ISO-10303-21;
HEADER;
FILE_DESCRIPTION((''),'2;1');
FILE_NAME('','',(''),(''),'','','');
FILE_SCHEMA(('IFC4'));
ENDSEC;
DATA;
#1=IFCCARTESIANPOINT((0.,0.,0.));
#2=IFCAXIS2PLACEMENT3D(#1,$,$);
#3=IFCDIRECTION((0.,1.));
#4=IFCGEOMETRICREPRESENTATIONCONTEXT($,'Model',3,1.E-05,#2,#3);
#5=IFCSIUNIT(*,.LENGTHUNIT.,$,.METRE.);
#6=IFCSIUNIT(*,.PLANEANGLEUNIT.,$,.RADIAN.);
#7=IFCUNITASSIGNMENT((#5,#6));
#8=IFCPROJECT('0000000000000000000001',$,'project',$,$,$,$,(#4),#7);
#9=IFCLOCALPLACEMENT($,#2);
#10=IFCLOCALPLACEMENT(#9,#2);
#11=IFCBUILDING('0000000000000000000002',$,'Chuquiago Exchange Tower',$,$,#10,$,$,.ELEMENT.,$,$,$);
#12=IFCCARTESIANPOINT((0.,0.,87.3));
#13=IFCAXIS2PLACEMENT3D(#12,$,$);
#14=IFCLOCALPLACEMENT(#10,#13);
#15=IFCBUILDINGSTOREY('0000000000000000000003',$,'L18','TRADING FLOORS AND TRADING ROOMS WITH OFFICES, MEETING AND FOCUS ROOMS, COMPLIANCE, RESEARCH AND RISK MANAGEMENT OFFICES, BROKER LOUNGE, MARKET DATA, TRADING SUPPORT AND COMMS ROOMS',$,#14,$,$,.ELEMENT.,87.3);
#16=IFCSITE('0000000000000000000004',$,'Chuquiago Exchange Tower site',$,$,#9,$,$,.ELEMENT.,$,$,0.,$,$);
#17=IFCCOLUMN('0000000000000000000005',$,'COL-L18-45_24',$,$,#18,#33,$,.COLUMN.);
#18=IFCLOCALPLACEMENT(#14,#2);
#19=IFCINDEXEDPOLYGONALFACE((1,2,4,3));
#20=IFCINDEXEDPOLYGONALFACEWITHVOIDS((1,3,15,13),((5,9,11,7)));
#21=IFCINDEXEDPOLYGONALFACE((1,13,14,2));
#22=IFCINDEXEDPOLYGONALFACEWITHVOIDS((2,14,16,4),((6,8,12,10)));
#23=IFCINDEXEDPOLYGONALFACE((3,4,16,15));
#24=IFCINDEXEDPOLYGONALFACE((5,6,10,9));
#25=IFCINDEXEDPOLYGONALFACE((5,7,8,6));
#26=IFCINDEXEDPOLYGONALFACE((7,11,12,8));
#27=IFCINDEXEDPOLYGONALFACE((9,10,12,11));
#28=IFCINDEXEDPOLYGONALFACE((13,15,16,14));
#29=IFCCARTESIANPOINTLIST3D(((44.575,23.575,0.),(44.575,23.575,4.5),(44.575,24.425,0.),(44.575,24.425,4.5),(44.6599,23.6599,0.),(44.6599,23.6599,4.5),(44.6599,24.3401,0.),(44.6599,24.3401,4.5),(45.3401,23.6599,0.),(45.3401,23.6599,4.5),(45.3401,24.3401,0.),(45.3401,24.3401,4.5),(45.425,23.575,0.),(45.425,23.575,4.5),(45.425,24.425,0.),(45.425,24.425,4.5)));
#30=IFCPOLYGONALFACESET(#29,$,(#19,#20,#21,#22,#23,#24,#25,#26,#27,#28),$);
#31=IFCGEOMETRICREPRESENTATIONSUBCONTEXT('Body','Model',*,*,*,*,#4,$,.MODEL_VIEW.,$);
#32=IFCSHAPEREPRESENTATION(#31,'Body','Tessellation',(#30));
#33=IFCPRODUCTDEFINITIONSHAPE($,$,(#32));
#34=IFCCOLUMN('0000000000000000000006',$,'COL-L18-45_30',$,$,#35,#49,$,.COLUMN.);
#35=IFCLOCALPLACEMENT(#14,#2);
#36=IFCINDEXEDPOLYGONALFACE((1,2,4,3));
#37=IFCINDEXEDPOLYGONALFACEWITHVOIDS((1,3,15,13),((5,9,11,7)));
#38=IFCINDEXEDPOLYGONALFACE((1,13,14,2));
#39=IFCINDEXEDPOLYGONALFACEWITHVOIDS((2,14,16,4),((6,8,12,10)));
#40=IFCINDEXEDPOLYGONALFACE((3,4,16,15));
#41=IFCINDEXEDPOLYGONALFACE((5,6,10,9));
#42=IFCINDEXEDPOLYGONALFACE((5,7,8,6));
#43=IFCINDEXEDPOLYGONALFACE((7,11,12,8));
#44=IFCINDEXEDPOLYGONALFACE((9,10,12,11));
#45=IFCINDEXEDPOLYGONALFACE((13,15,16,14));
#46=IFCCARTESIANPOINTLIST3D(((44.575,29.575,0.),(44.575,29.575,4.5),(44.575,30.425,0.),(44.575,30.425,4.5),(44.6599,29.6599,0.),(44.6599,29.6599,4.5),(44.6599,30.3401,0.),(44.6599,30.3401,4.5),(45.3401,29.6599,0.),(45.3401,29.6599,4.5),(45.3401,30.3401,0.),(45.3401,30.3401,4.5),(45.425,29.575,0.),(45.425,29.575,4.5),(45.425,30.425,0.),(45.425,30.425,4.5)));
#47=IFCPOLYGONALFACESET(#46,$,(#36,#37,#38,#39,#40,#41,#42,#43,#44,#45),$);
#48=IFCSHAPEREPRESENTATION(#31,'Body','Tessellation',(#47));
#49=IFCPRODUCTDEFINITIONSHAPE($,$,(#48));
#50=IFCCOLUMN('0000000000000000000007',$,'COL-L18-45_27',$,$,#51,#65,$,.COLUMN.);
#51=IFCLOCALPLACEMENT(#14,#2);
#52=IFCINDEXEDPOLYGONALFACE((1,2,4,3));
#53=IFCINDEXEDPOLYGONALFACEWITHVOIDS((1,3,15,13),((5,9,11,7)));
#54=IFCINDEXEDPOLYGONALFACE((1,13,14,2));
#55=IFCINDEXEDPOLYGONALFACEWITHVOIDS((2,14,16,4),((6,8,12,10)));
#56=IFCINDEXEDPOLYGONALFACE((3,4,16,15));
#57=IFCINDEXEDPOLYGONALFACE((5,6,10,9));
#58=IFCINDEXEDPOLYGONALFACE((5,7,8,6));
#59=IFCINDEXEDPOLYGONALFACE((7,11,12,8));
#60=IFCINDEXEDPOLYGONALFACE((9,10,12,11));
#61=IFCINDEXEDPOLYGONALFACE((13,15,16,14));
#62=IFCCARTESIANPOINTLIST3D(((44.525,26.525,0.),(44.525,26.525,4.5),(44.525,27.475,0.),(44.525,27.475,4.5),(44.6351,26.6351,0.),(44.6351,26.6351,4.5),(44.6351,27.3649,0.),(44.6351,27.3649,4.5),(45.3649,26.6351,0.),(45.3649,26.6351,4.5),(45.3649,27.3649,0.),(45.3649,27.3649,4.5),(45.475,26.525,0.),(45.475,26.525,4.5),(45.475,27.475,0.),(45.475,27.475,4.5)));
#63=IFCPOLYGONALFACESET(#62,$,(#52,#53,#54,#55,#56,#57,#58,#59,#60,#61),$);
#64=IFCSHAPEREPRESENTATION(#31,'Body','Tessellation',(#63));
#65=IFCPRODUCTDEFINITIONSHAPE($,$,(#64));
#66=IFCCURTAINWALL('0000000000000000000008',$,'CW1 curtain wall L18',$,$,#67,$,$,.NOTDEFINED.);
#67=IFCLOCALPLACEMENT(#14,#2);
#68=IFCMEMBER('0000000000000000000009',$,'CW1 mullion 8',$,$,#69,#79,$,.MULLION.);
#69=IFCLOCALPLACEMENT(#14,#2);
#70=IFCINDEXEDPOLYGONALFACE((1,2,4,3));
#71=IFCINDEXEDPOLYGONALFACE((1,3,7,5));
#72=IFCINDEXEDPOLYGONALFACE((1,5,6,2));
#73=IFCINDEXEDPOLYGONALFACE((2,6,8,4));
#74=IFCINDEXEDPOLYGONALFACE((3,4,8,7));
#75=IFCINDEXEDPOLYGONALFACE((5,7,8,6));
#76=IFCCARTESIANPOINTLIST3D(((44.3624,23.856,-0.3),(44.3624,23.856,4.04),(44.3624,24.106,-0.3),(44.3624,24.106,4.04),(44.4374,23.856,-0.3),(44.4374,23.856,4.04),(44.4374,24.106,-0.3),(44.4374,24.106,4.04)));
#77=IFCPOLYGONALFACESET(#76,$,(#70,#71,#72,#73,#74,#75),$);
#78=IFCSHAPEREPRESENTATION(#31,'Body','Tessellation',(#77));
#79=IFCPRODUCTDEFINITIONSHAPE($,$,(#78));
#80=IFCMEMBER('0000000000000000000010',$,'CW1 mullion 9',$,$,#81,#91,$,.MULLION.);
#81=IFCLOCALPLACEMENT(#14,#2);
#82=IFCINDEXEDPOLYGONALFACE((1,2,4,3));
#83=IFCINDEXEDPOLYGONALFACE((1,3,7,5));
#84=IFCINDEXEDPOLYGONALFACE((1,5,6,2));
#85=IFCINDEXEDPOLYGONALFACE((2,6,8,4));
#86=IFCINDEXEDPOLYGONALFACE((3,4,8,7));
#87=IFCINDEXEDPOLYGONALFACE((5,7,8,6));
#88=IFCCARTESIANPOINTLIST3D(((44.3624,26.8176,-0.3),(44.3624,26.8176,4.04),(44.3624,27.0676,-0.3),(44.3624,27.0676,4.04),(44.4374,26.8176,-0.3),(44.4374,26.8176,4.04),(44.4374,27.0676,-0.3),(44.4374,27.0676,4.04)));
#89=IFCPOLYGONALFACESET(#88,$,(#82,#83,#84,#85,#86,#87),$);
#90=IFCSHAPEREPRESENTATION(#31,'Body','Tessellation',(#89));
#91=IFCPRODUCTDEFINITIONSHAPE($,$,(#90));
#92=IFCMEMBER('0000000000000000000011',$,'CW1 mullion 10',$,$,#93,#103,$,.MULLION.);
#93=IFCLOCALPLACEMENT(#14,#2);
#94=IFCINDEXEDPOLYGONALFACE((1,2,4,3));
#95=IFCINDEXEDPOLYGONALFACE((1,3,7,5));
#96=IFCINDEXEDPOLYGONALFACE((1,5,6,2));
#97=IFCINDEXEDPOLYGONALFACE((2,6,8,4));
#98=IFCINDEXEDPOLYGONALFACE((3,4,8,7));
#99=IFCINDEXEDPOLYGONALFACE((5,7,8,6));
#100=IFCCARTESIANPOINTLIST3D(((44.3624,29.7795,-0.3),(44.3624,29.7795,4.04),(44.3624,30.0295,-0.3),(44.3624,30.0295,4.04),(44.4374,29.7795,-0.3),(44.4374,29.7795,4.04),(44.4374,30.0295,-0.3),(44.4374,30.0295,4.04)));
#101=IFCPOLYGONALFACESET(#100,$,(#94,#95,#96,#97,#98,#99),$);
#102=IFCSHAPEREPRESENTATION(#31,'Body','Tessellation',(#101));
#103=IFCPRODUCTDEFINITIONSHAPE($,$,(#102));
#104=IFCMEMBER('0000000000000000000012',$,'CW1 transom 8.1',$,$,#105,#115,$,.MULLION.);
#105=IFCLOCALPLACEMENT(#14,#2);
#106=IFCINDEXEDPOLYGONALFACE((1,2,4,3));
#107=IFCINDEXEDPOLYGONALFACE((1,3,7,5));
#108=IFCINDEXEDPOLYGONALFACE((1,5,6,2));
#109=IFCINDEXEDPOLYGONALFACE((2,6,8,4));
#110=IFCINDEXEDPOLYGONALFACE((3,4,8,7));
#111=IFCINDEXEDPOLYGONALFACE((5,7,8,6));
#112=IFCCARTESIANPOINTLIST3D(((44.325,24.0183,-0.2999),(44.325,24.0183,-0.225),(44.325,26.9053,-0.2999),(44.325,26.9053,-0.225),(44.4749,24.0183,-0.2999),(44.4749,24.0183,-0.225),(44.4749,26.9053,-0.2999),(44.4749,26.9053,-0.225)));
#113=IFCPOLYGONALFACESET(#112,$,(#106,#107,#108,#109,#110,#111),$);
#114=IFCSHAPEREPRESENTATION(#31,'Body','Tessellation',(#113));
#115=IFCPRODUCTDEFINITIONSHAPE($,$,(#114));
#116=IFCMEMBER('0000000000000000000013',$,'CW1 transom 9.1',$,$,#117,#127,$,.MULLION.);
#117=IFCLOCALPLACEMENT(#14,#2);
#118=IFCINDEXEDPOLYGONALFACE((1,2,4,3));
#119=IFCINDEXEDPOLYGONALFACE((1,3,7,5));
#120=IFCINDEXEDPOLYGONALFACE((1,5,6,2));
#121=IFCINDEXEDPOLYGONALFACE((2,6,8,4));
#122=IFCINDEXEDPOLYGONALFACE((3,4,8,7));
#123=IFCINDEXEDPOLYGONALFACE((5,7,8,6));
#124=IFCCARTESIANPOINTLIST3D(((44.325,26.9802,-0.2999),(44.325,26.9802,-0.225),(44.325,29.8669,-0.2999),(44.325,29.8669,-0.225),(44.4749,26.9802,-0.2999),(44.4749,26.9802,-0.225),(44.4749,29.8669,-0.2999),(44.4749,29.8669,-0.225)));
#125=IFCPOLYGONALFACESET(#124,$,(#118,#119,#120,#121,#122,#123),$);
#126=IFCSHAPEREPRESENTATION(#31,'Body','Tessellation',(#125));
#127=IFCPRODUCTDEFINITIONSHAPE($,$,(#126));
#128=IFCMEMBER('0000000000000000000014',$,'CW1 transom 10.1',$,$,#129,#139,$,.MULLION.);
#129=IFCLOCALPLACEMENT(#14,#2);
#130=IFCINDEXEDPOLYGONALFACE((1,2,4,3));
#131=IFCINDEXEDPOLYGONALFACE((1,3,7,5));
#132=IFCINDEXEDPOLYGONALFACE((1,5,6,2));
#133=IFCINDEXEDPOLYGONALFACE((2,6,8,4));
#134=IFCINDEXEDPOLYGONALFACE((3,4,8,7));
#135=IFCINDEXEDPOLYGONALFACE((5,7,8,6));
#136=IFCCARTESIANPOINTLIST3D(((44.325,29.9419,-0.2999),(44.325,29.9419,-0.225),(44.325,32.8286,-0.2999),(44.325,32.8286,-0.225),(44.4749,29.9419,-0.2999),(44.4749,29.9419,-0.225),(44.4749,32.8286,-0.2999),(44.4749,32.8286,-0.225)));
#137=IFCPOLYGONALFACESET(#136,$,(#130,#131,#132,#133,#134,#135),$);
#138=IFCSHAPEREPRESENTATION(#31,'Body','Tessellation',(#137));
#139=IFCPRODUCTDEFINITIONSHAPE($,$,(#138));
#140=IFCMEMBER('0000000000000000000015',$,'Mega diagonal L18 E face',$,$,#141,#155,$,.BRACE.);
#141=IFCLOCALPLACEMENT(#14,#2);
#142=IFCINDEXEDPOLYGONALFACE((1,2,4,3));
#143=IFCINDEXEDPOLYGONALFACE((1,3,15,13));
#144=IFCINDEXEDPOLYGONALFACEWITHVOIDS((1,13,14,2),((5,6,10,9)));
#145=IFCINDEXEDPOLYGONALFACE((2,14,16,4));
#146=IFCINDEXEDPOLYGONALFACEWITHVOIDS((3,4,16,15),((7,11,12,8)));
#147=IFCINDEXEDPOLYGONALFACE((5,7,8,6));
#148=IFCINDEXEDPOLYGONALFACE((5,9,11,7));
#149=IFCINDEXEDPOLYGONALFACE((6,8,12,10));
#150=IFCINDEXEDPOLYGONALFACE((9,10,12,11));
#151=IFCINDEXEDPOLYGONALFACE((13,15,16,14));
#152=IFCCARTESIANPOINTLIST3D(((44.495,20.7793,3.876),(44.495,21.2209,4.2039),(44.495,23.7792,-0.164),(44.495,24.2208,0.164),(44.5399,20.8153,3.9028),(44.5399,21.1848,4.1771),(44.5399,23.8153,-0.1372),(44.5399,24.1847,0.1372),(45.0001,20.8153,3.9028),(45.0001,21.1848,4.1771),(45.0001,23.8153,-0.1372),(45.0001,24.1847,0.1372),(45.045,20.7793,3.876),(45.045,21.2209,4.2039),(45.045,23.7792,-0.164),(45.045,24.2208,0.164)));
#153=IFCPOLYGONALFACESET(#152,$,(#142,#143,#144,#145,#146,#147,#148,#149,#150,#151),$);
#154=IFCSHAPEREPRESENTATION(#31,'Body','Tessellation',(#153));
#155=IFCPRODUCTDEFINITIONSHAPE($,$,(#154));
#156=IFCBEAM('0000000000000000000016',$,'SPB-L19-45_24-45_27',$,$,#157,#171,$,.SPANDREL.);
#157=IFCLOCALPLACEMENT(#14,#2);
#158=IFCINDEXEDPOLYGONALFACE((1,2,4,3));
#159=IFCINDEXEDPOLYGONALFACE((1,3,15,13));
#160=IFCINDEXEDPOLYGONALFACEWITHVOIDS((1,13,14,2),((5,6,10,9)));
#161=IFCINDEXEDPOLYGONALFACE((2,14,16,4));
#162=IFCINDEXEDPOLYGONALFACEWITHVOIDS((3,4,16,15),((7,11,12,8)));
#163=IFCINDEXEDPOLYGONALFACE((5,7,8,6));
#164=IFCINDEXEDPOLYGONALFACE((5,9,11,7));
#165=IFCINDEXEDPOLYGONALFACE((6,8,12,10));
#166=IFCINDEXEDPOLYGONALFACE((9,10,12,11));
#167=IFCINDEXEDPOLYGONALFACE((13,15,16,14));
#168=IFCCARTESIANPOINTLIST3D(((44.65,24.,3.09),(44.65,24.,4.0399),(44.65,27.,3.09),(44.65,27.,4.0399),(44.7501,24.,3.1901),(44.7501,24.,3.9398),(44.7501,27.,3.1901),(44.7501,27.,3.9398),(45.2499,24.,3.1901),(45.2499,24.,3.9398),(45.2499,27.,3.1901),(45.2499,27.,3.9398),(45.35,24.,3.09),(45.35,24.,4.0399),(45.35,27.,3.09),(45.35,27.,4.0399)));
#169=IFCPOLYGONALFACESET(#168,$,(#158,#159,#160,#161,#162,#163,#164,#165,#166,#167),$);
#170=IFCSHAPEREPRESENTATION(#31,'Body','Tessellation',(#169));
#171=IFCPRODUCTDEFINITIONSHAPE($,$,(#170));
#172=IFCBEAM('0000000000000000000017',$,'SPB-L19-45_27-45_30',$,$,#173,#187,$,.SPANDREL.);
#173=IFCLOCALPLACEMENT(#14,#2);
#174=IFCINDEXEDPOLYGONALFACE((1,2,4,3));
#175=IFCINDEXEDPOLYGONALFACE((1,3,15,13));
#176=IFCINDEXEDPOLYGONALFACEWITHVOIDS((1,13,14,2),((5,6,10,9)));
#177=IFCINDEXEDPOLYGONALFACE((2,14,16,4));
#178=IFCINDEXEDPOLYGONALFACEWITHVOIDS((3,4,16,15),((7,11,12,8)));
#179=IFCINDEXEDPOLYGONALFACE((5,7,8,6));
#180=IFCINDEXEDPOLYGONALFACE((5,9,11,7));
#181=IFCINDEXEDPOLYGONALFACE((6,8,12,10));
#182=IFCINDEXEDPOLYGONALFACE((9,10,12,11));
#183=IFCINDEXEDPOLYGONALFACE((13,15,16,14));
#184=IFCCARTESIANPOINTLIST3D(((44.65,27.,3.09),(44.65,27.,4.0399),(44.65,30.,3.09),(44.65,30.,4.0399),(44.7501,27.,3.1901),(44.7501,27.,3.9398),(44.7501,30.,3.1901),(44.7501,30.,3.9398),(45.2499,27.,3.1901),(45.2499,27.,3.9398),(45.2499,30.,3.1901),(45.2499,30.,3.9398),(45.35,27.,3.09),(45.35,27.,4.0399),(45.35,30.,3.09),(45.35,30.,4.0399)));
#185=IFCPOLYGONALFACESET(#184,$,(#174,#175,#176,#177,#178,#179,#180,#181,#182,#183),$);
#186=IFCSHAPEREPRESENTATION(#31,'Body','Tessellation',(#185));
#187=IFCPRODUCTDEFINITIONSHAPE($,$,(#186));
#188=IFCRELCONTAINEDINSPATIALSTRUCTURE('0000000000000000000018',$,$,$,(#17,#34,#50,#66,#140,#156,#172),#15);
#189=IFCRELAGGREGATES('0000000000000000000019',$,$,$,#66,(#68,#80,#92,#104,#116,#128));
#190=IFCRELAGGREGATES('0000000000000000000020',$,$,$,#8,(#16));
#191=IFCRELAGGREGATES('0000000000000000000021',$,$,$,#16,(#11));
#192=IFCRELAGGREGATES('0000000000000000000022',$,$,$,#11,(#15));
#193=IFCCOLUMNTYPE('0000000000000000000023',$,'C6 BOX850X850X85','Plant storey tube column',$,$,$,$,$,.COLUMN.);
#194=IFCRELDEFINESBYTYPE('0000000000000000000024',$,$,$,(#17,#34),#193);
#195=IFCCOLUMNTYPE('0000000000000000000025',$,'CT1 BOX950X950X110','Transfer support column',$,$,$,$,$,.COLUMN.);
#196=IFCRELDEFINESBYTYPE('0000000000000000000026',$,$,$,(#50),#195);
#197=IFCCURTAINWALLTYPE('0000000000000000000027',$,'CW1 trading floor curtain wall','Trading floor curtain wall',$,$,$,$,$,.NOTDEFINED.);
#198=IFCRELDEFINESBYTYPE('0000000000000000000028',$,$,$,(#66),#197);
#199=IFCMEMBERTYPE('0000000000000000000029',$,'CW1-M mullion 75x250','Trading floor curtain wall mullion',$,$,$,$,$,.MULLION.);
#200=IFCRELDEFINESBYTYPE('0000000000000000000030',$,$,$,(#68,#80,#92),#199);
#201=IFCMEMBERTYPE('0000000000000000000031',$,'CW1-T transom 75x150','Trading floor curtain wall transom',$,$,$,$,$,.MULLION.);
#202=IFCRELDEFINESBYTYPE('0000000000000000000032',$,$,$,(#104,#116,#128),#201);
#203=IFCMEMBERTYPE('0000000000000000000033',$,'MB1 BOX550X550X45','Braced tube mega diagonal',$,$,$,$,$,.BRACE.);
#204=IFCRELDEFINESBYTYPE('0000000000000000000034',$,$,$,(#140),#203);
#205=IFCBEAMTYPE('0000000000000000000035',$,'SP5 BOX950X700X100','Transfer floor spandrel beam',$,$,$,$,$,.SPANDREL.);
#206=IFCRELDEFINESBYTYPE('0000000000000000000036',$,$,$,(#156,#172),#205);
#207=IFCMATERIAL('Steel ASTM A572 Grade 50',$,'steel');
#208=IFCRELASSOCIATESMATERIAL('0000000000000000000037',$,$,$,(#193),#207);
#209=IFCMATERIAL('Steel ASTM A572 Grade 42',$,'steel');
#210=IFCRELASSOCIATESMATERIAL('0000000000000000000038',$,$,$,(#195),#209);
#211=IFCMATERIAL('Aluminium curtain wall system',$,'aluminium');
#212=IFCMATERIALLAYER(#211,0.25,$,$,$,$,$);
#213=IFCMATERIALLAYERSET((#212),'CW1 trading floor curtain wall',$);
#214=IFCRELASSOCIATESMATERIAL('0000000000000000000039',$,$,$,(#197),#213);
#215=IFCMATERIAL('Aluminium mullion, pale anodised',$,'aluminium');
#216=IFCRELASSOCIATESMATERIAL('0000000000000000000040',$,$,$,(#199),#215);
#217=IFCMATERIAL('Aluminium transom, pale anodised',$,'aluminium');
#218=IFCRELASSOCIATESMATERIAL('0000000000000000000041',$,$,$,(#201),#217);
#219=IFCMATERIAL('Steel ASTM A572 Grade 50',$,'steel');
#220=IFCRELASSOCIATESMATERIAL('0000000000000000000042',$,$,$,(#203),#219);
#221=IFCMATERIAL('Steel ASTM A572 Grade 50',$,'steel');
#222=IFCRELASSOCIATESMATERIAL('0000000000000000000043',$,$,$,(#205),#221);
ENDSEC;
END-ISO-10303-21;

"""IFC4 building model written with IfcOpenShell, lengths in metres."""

from ifc_helpers import new_model, si_unit, direction, frame, origin, origin_2d, place, context, subcontext, project, spatial, rectangle, hollow_rectangle, extrude, material, layer, layer_set, material_profile, profile_set, type_object, element, aggregate, save


model = new_model("IFC4")

# Units and contexts
model_context = context("Model", 3, precision=1e-05, world=origin(), true_north=direction((0.0, 1.0)))
body_context = subcontext(model_context, "Body", "Model", "MODEL_VIEW")
ifc_project = project(units=[si_unit("LENGTHUNIT", "METRE"), si_unit("PLANEANGLEUNIT", "RADIAN")], contexts=[model_context])

# Site, building, storey
site_placement = place(None, origin())
site = spatial("IfcSite", under=ifc_project, at=site_placement, Name="Chuquiago Exchange Tower site", CompositionType="ELEMENT", RefElevation=0.0)
building_placement = place(site_placement, origin())
building = spatial("IfcBuilding", under=site, at=building_placement, Name="Chuquiago Exchange Tower", CompositionType="ELEMENT")
storey_placement = place(building_placement, frame((0.0, 0.0, 87.3)))
storey = spatial("IfcBuildingStorey", under=building, at=storey_placement, Name="L18", Description="TRADING FLOORS AND TRADING ROOMS WITH OFFICES, MEETING AND FOCUS ROOMS, COMPLIANCE, RESEARCH AND RISK MANAGEMENT OFFICES, BROKER LOUNGE, MARKET DATA, TRADING SUPPORT AND COMMS ROOMS", CompositionType="ELEMENT", Elevation=87.3)

# Columns
ifc_material_1 = material(Name="Steel ASTM A572 Grade 50", Category="steel")
ifc_material_profile_1 = material_profile(ifc_material_1, hollow_rectangle(XDim=0.8501, YDim=0.8501, WallThickness=0.085, at=origin_2d()), Name="BOX850X850X85")
ifc_profile_set_1 = profile_set([ifc_material_profile_1], Name="Steel ASTM A572 Grade 50")
column_type_1 = type_object("IfcColumnType", Name="C6 BOX850X850X85", Description="Plant storey tube column", PredefinedType="COLUMN", material=ifc_profile_set_1)
for number, where, z_axis, x_axis, name in (
    (1, (45.0, 24.0, 0.0), (0.0, 0.0, 1.0), (1.0, 0.0, 0.0), "COL-L18-45_24"),
    (2, (45.0, 30.0, 0.0), (0.0, 0.0, 1.0), (1.0, 0.0, 0.0), "COL-L18-45_30"),
):
    element("IfcColumn", number, at=place(storey_placement, frame(where, z_axis=z_axis, x_axis=x_axis)), inside=storey, type_object=column_type_1, Name=name, PredefinedType="COLUMN", context=body_context, shape_type="SweptSolid", body=[
        extrude(hollow_rectangle(XDim=0.8501, YDim=0.8501, WallThickness=0.085, at=origin_2d()), origin(), (0.0, 0.0, 1.0), 4.5),
    ])
ifc_material_2 = material(Name="Steel ASTM A572 Grade 42", Category="steel")
ifc_material_profile_2 = material_profile(ifc_material_2, hollow_rectangle(XDim=0.95, YDim=0.95, WallThickness=0.1101, at=origin_2d()), Name="BOX950X950X110")
ifc_profile_set_2 = profile_set([ifc_material_profile_2], Name="Steel ASTM A572 Grade 42")
column_type_2 = type_object("IfcColumnType", Name="CT1 BOX950X950X110", Description="Transfer support column", PredefinedType="COLUMN", material=ifc_profile_set_2)
column_placement = place(storey_placement, frame((45.0, 27.0, 0.0), z_axis=(0.0, 0.0, 1.0), x_axis=(1.0, 0.0, 0.0)))
element("IfcColumn", 3, at=column_placement, inside=storey, type_object=column_type_2, Name="COL-L18-45_27", PredefinedType="COLUMN", context=body_context, shape_type="SweptSolid", body=[
    extrude(hollow_rectangle(XDim=0.95, YDim=0.95, WallThickness=0.1101, at=origin_2d()), origin(), (0.0, 0.0, 1.0), 4.5),
])

# Curtain wall, members
ifc_material_3 = material(Name="Aluminium curtain wall system", Category="aluminium")
ifc_layer_1 = layer(ifc_material_3, 0.25)
ifc_layer_set_1 = layer_set([ifc_layer_1], Name="CW1 trading floor curtain wall")
curtain_wall_type = type_object("IfcCurtainWallType", Name="CW1 trading floor curtain wall", Description="Trading floor curtain wall", PredefinedType="NOTDEFINED", material=ifc_layer_set_1)
curtain_wall_placement = place(storey_placement, origin())
curtain_wall = element("IfcCurtainWall", 4, at=curtain_wall_placement, inside=storey, type_object=curtain_wall_type, Name="CW1 curtain wall L18", PredefinedType="NOTDEFINED")
ifc_material_4 = material(Name="Aluminium mullion, pale anodised", Category="aluminium")
ifc_material_profile_3 = material_profile(ifc_material_4, rectangle(XDim=0.075, YDim=0.25, at=origin_2d()), Name="AL 75x250")
ifc_profile_set_3 = profile_set([ifc_material_profile_3], Name="Aluminium mullion, pale anodised")
member_type_1 = type_object("IfcMemberType", Name="CW1-M mullion 75x250", Description="Trading floor curtain wall mullion", PredefinedType="MULLION", material=ifc_profile_set_3)
member_1_placement = place(storey_placement, frame((44.3999, 23.981, -0.3), z_axis=(0.0, 0.0, 1.0), x_axis=(-1.0, 0.0, 0.0)))
member_1 = element("IfcMember", 5, at=member_1_placement, type_object=member_type_1, Name="CW1 mullion 8", PredefinedType="MULLION", context=body_context, shape_type="SweptSolid", body=[
    extrude(rectangle(XDim=0.075, YDim=0.25, at=origin_2d()), origin(), (0.0, 0.0, 1.0), 4.3401),
])
member_2_placement = place(storey_placement, frame((44.3999, 26.9426, -0.3), z_axis=(0.0, 0.0, 1.0), x_axis=(-1.0, 0.0, 0.0)))
member_2 = element("IfcMember", 6, at=member_2_placement, type_object=member_type_1, Name="CW1 mullion 9", PredefinedType="MULLION", context=body_context, shape_type="SweptSolid", body=[
    extrude(rectangle(XDim=0.075, YDim=0.25, at=origin_2d()), origin(), (0.0, 0.0, 1.0), 4.3401),
])
member_3_placement = place(storey_placement, frame((44.3999, 29.9045, -0.3), z_axis=(0.0, 0.0, 1.0), x_axis=(-1.0, 0.0, 0.0)))
member_3 = element("IfcMember", 7, at=member_3_placement, type_object=member_type_1, Name="CW1 mullion 10", PredefinedType="MULLION", context=body_context, shape_type="SweptSolid", body=[
    extrude(rectangle(XDim=0.075, YDim=0.25, at=origin_2d()), origin(), (0.0, 0.0, 1.0), 4.3401),
])
ifc_material_5 = material(Name="Aluminium transom, pale anodised", Category="aluminium")
ifc_material_profile_4 = material_profile(ifc_material_5, rectangle(XDim=0.1499, YDim=0.075, at=origin_2d()), Name="AL 150x75")
ifc_profile_set_4 = profile_set([ifc_material_profile_4], Name="Aluminium transom, pale anodised")
member_type_2 = type_object("IfcMemberType", Name="CW1-T transom 75x150", Description="Trading floor curtain wall transom", PredefinedType="MULLION", material=ifc_profile_set_4)
member_4_placement = place(storey_placement, frame((44.3999, 24.0183, -0.2625), z_axis=(0.0, 1.0, 0.0), x_axis=(-1.0, 0.0, 0.0)))
member_4 = element("IfcMember", 8, at=member_4_placement, type_object=member_type_2, Name="CW1 transom 8.1", PredefinedType="MULLION", context=body_context, shape_type="SweptSolid", body=[
    extrude(rectangle(XDim=0.1499, YDim=0.075, at=origin_2d()), origin(), (0.0, 0.0, 1.0), 2.887),
])
member_5_placement = place(storey_placement, frame((44.3999, 26.9802, -0.2625), z_axis=(0.0, 1.0, 0.0), x_axis=(-1.0, 0.0, 0.0)))
member_5 = element("IfcMember", 9, at=member_5_placement, type_object=member_type_2, Name="CW1 transom 9.1", PredefinedType="MULLION", context=body_context, shape_type="SweptSolid", body=[
    extrude(rectangle(XDim=0.1499, YDim=0.075, at=origin_2d()), origin(), (0.0, 0.0, 1.0), 2.8867),
])
member_6_placement = place(storey_placement, frame((44.3999, 29.9419, -0.2625), z_axis=(0.0, 1.0, 0.0), x_axis=(-1.0, 0.0, 0.0)))
member_6 = element("IfcMember", 10, at=member_6_placement, type_object=member_type_2, Name="CW1 transom 10.1", PredefinedType="MULLION", context=body_context, shape_type="SweptSolid", body=[
    extrude(rectangle(XDim=0.1499, YDim=0.075, at=origin_2d()), origin(), (0.0, 0.0, 1.0), 2.8867),
])

# Member
ifc_material_6 = material(Name="Steel ASTM A572 Grade 50", Category="steel")
ifc_material_profile_5 = material_profile(ifc_material_6, hollow_rectangle(XDim=0.55, YDim=0.55, WallThickness=0.0449, at=origin_2d()), Name="BOX550X550X45")
ifc_profile_set_5 = profile_set([ifc_material_profile_5], Name="Steel ASTM A572 Grade 50")
member_type_3 = type_object("IfcMemberType", Name="MB1 BOX550X550X45", Description="Braced tube mega diagonal", PredefinedType="BRACE", material=ifc_profile_set_5)
member_7_placement = place(storey_placement, frame((44.77, 24.0, 0.0), z_axis=(0.0, -0.596174, 0.802855), x_axis=(1.0, 0.0, 0.0)))
element("IfcMember", 11, at=member_7_placement, inside=storey, type_object=member_type_3, Name="Mega diagonal L18 E face", PredefinedType="BRACE", context=body_context, shape_type="SweptSolid", body=[
    extrude(hollow_rectangle(XDim=0.55, YDim=0.55, WallThickness=0.0449, at=origin_2d()), origin(), (0.0, 0.0, 1.0), 5.032),
])

# Beams
ifc_material_7 = material(Name="Steel ASTM A572 Grade 50", Category="steel")
ifc_material_profile_6 = material_profile(ifc_material_7, hollow_rectangle(XDim=0.7, YDim=0.95, WallThickness=0.1001, at=origin_2d()), Name="BOX950X700X100")
ifc_profile_set_6 = profile_set([ifc_material_profile_6], Name="Steel ASTM A572 Grade 50")
beam_type = type_object("IfcBeamType", Name="SP5 BOX950X700X100", Description="Transfer floor spandrel beam", PredefinedType="SPANDREL", material=ifc_profile_set_6)
for number, where, z_axis, x_axis, name in (
    (12, (45.0, 24.0, 3.5649), (0.0, 1.0, 0.0), (-1.0, 0.0, 0.0), "SPB-L19-45_24-45_27"),
    (13, (45.0, 27.0, 3.5649), (0.0, 1.0, 0.0), (-1.0, 0.0, 0.0), "SPB-L19-45_27-45_30"),
):
    element("IfcBeam", number, at=place(storey_placement, frame(where, z_axis=z_axis, x_axis=x_axis)), inside=storey, type_object=beam_type, Name=name, PredefinedType="SPANDREL", context=body_context, shape_type="SweptSolid", body=[
        extrude(hollow_rectangle(XDim=0.7, YDim=0.95, WallThickness=0.1001, at=origin_2d()), origin(), (0.0, 0.0, 1.0), 3.0),
    ])

aggregate(curtain_wall, [member_1, member_2, member_3, member_4, member_5, member_6])

save(model, "model.ifc")
